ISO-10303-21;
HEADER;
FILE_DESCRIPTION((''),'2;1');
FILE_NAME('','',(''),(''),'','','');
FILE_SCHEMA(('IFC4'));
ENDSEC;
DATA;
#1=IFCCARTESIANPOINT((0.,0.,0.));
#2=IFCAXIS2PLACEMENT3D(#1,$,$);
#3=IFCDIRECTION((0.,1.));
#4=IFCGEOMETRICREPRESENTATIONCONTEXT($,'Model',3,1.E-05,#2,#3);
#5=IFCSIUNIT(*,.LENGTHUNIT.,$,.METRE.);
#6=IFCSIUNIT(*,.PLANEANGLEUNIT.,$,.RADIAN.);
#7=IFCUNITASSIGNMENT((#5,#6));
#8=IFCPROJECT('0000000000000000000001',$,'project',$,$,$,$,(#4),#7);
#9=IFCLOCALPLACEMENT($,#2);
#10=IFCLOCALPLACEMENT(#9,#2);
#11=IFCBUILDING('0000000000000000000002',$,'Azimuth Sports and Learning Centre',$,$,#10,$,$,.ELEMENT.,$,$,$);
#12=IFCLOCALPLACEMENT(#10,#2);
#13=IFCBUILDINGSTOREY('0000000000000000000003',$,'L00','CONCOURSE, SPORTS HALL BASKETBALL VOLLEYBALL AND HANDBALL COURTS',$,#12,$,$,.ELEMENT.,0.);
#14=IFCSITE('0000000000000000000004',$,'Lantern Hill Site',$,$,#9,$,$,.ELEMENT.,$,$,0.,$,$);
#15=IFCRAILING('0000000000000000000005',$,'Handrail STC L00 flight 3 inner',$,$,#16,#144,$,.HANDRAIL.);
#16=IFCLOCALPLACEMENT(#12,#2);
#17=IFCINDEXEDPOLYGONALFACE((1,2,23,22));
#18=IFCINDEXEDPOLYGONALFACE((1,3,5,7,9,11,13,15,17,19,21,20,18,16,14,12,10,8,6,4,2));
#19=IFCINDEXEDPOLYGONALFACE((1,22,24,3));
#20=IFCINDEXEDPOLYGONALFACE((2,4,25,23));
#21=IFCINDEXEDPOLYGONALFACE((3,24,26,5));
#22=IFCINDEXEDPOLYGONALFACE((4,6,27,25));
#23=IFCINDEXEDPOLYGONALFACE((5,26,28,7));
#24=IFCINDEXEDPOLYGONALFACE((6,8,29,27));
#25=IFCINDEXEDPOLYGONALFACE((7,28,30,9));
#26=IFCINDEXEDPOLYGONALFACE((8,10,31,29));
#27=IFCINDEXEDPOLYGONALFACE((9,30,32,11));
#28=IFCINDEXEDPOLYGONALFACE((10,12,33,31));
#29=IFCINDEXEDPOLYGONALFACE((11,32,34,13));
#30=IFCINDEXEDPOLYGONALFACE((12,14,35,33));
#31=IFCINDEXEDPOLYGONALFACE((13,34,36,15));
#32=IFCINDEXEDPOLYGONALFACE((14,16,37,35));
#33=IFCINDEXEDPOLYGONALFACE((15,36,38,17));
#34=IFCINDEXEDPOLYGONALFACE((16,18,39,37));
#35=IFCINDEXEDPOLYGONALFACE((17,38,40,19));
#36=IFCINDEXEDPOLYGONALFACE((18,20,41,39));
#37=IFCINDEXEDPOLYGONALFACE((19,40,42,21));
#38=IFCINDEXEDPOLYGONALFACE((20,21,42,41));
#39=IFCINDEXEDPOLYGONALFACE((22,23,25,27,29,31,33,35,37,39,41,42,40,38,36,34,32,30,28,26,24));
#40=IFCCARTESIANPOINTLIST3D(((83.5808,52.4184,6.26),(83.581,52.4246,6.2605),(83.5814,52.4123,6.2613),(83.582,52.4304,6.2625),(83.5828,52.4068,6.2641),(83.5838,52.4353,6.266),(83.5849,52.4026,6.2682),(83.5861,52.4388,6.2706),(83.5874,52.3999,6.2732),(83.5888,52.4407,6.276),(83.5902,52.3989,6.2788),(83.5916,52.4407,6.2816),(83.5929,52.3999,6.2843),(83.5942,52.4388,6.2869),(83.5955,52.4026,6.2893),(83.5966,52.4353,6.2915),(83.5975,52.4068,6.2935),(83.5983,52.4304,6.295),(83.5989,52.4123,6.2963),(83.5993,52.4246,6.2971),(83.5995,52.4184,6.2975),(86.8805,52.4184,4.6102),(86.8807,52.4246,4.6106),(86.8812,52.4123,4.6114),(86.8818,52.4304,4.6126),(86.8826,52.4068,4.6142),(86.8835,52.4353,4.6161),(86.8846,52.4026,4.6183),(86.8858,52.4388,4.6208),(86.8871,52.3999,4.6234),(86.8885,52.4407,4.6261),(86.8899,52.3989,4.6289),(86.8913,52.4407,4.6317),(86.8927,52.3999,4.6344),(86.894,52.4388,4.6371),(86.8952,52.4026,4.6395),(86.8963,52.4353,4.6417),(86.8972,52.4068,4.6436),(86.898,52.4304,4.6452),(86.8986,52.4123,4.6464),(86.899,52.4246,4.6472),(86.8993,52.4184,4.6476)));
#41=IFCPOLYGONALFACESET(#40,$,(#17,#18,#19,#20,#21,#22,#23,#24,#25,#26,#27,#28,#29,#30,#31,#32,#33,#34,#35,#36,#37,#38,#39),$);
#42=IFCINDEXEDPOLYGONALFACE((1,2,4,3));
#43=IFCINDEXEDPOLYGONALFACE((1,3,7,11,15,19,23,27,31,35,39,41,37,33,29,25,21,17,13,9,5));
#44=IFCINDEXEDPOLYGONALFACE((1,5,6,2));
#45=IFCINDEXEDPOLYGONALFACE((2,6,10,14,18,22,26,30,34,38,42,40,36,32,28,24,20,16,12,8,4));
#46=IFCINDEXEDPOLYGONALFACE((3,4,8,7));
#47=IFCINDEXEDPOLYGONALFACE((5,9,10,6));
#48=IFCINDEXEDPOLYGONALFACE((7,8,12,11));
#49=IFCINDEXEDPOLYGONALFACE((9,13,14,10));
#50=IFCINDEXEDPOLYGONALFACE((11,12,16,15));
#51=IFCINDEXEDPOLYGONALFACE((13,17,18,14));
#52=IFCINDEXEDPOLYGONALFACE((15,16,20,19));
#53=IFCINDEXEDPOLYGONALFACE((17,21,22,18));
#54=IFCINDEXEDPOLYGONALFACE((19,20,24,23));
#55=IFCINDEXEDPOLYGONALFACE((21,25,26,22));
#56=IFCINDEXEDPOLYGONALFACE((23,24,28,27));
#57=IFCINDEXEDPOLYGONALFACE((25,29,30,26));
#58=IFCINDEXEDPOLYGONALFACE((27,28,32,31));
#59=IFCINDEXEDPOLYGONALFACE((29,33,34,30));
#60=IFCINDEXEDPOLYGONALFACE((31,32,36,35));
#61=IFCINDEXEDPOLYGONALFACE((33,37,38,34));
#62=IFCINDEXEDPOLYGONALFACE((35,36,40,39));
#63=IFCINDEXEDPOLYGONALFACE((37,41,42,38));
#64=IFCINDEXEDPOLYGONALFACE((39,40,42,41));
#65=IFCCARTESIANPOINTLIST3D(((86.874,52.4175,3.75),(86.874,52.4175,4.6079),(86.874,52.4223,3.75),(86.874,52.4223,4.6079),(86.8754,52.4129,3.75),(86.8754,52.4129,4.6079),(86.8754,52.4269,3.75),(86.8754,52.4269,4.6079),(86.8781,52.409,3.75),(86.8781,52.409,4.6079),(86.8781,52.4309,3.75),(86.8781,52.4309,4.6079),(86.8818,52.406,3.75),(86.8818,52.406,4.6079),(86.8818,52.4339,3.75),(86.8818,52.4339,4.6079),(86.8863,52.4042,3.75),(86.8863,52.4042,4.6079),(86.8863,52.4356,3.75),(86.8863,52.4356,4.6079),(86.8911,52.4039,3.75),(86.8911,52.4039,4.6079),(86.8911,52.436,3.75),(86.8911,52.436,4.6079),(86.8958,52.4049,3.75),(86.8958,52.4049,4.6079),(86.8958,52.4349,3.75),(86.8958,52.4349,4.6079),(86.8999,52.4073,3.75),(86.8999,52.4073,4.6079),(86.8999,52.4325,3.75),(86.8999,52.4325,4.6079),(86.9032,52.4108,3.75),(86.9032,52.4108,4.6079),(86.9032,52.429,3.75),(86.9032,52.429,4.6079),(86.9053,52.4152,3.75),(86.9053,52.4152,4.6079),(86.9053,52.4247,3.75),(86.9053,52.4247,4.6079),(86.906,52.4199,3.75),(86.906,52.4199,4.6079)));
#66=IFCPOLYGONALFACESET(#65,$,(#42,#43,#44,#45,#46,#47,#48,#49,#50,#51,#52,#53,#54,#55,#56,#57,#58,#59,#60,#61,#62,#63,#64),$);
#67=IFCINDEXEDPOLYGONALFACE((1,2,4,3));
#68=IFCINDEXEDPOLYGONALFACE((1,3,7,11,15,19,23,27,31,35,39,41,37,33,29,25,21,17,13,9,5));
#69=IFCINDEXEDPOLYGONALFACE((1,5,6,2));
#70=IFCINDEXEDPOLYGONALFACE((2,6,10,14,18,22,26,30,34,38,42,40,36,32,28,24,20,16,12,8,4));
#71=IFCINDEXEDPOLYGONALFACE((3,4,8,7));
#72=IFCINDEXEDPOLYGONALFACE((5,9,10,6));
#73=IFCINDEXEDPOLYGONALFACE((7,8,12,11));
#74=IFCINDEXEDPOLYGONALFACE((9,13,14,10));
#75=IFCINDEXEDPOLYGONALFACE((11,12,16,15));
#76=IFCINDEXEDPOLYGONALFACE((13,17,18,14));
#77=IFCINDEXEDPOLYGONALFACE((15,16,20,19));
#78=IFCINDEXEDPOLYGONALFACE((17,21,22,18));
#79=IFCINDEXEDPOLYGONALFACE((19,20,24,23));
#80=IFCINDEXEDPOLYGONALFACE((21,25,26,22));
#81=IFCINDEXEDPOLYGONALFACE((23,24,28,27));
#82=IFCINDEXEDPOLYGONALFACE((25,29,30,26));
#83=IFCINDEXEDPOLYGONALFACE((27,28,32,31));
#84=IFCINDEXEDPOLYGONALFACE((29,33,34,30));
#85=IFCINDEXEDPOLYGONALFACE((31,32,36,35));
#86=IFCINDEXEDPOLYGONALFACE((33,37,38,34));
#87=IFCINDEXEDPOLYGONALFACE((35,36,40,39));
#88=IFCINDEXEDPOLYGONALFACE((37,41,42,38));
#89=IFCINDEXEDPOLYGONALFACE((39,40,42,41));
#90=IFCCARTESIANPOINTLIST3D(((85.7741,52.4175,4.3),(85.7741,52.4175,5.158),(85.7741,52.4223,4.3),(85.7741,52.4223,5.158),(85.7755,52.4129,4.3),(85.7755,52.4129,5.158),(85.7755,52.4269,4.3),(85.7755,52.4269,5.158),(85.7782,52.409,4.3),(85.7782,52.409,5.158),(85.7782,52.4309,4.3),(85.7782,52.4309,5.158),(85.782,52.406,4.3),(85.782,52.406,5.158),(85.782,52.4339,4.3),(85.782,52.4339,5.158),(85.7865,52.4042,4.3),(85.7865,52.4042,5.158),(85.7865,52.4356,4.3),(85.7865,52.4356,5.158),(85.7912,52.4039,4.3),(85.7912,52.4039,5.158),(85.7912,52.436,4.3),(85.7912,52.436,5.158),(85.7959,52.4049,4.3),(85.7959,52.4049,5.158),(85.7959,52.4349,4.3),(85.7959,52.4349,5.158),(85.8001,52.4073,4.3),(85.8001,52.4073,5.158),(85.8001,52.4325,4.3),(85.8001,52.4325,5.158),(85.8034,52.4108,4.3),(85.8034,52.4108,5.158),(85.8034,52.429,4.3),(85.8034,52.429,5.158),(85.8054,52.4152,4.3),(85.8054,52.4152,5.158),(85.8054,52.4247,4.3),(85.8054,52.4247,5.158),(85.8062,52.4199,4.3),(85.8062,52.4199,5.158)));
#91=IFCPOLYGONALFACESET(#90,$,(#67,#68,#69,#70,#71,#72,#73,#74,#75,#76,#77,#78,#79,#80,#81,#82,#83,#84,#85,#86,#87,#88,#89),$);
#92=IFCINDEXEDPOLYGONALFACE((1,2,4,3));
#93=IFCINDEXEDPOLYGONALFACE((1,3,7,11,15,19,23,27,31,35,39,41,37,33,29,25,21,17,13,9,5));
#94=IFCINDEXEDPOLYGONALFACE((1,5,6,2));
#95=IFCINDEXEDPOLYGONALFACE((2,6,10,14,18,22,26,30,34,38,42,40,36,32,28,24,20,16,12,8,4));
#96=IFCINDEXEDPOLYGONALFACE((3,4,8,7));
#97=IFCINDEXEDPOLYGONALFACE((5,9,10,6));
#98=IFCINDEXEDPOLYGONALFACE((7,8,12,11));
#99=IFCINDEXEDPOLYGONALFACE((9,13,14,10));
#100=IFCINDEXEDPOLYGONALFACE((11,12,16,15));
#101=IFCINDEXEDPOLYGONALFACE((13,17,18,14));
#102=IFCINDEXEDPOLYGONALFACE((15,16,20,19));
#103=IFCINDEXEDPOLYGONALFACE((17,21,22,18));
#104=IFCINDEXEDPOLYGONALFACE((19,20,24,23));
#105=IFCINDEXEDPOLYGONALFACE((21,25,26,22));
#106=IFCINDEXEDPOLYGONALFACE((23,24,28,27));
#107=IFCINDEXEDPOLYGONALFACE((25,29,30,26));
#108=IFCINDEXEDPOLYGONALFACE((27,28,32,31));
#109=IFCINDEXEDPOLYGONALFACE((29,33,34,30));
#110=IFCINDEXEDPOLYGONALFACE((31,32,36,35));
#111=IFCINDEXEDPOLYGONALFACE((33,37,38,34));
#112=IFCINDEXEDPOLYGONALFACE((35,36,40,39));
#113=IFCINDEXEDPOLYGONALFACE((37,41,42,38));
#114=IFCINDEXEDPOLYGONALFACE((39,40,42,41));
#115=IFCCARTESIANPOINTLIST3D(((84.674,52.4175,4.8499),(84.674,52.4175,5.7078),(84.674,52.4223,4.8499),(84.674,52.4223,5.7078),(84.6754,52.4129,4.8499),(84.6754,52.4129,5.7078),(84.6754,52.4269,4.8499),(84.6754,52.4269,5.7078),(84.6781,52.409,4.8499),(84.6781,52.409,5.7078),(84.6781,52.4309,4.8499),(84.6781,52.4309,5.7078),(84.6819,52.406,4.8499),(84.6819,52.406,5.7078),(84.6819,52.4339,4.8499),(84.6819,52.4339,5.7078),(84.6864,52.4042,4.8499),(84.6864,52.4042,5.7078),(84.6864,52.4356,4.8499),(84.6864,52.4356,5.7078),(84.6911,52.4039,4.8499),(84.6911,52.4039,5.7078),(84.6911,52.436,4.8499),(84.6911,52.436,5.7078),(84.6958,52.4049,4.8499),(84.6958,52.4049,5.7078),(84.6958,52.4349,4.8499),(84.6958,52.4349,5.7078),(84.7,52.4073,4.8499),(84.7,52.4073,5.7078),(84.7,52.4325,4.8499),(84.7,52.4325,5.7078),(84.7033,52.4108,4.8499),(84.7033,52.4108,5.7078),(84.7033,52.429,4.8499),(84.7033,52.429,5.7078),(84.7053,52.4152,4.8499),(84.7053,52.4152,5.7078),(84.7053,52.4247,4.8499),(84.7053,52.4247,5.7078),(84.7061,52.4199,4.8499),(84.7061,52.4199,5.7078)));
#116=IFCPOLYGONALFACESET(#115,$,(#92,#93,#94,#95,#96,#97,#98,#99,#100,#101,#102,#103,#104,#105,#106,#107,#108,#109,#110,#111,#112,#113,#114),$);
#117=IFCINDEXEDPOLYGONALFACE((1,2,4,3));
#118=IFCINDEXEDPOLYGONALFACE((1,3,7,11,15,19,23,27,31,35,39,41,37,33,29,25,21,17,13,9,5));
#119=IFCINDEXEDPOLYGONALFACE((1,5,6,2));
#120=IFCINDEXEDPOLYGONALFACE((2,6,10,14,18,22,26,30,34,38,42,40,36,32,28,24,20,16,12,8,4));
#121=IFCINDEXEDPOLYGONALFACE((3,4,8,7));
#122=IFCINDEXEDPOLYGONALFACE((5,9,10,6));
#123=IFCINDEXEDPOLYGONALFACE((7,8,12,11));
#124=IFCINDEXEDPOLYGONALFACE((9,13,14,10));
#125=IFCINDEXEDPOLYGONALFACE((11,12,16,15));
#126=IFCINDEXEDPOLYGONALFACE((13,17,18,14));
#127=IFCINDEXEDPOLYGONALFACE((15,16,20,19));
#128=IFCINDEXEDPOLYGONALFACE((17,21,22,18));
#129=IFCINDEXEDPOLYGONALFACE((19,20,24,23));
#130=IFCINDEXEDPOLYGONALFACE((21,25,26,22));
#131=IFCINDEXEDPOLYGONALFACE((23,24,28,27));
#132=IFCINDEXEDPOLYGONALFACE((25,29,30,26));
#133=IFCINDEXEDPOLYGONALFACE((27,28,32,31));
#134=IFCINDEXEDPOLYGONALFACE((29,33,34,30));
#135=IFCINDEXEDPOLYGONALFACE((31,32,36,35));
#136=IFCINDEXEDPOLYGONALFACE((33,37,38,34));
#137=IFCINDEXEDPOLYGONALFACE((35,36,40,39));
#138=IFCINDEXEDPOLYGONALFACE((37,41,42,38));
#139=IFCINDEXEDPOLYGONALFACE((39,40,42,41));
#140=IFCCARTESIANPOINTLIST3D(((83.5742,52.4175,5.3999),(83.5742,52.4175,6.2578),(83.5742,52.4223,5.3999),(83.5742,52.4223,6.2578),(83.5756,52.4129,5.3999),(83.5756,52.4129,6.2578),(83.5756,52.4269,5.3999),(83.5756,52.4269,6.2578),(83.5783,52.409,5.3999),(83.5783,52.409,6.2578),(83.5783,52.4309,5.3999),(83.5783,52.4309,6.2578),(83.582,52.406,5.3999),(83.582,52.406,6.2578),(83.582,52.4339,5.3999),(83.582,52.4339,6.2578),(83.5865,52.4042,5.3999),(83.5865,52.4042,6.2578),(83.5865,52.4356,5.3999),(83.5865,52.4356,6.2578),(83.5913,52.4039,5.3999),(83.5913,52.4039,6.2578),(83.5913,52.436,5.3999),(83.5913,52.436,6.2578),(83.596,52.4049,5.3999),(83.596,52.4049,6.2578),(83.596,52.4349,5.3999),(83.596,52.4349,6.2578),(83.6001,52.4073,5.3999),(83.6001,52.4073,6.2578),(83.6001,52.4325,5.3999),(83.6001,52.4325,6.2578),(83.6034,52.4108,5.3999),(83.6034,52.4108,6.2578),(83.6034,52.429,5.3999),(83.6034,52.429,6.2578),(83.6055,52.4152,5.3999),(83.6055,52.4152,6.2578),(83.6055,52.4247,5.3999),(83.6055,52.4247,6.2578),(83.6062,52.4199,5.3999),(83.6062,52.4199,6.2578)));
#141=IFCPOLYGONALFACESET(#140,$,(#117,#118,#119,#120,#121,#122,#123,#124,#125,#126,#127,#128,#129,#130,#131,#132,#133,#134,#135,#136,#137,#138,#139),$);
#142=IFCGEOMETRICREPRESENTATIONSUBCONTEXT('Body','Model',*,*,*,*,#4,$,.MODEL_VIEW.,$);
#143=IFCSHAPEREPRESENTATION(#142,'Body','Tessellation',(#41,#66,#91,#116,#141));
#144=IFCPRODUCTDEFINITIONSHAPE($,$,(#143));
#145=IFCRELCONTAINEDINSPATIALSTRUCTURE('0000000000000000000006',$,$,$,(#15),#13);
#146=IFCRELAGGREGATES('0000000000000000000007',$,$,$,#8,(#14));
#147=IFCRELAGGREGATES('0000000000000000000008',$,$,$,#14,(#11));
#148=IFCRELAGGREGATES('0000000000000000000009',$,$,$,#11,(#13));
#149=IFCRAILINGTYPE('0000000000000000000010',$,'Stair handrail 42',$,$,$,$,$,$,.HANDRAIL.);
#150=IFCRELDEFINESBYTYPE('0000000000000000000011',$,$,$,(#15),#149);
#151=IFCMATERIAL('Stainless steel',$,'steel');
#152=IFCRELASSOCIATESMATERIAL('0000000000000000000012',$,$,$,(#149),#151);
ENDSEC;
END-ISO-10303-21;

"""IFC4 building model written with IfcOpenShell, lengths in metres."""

from ifc_helpers import new_model, si_unit, direction, frame, origin, origin_2d, place, context, subcontext, project, spatial, circle, extrude, material, type_object, element, save


model = new_model("IFC4")

# Units and contexts
model_context = context("Model", 3, precision=1e-05, world=origin(), true_north=direction((0.0, 1.0)))
body_context = subcontext(model_context, "Body", "Model", "MODEL_VIEW")
ifc_project = project(units=[si_unit("LENGTHUNIT", "METRE"), si_unit("PLANEANGLEUNIT", "RADIAN")], contexts=[model_context])

# Site, building, storey
site_placement = place(None, origin())
site = spatial("IfcSite", under=ifc_project, at=site_placement, Name="Lantern Hill Site", CompositionType="ELEMENT", RefElevation=0.0)
building_placement = place(site_placement, origin())
building = spatial("IfcBuilding", under=site, at=building_placement, Name="Azimuth Sports and Learning Centre", CompositionType="ELEMENT")
storey_placement = place(building_placement, origin())
storey = spatial("IfcBuildingStorey", under=building, at=storey_placement, Name="L00", Description="CONCOURSE, SPORTS HALL BASKETBALL VOLLEYBALL AND HANDBALL COURTS", CompositionType="ELEMENT", Elevation=0.0)

# Railing
ifc_material_1 = material(Name="Stainless steel", Category="steel")
railing_type_1 = type_object("IfcRailingType", Name="Stair handrail 42", PredefinedType="HANDRAIL", material=ifc_material_1)
for number, where, name in (
    (1, (86.8899, 52.4199, 3.75), "Handrail STC L00 flight 3 inner"),
):
    element("IfcRailing", number, at=place(storey_placement, frame(where)), inside=storey, type_object=railing_type_1, Name=name, PredefinedType="HANDRAIL", context=body_context, shape_type="SweptSolid", body=[
        extrude(circle(Radius=0.021, at=origin_2d()), frame((0.0, 0.0, 0.8789), z_axis=(-0.894427, 0.0, 0.447214), x_axis=(0.0, -1.0, 0.0)), (0.0, 0.0, 1.0), 3.6892),
        extrude(circle(Radius=0.0161, at=origin_2d()), origin(), (0.0, 0.0, 1.0), 0.8579),
        extrude(circle(Radius=0.0161, at=origin_2d()), frame((-1.0999, 0.0, 0.55)), (0.0, 0.0, 1.0), 0.8579),
        extrude(circle(Radius=0.0161, at=origin_2d()), frame((-2.2, 0.0, 1.0999)), (0.0, 0.0, 1.0), 0.8579),
        extrude(circle(Radius=0.0161, at=origin_2d()), frame((-3.2998, 0.0, 1.6499)), (0.0, 0.0, 1.0), 0.8579),
    ])

save(model, "model.ifc")
